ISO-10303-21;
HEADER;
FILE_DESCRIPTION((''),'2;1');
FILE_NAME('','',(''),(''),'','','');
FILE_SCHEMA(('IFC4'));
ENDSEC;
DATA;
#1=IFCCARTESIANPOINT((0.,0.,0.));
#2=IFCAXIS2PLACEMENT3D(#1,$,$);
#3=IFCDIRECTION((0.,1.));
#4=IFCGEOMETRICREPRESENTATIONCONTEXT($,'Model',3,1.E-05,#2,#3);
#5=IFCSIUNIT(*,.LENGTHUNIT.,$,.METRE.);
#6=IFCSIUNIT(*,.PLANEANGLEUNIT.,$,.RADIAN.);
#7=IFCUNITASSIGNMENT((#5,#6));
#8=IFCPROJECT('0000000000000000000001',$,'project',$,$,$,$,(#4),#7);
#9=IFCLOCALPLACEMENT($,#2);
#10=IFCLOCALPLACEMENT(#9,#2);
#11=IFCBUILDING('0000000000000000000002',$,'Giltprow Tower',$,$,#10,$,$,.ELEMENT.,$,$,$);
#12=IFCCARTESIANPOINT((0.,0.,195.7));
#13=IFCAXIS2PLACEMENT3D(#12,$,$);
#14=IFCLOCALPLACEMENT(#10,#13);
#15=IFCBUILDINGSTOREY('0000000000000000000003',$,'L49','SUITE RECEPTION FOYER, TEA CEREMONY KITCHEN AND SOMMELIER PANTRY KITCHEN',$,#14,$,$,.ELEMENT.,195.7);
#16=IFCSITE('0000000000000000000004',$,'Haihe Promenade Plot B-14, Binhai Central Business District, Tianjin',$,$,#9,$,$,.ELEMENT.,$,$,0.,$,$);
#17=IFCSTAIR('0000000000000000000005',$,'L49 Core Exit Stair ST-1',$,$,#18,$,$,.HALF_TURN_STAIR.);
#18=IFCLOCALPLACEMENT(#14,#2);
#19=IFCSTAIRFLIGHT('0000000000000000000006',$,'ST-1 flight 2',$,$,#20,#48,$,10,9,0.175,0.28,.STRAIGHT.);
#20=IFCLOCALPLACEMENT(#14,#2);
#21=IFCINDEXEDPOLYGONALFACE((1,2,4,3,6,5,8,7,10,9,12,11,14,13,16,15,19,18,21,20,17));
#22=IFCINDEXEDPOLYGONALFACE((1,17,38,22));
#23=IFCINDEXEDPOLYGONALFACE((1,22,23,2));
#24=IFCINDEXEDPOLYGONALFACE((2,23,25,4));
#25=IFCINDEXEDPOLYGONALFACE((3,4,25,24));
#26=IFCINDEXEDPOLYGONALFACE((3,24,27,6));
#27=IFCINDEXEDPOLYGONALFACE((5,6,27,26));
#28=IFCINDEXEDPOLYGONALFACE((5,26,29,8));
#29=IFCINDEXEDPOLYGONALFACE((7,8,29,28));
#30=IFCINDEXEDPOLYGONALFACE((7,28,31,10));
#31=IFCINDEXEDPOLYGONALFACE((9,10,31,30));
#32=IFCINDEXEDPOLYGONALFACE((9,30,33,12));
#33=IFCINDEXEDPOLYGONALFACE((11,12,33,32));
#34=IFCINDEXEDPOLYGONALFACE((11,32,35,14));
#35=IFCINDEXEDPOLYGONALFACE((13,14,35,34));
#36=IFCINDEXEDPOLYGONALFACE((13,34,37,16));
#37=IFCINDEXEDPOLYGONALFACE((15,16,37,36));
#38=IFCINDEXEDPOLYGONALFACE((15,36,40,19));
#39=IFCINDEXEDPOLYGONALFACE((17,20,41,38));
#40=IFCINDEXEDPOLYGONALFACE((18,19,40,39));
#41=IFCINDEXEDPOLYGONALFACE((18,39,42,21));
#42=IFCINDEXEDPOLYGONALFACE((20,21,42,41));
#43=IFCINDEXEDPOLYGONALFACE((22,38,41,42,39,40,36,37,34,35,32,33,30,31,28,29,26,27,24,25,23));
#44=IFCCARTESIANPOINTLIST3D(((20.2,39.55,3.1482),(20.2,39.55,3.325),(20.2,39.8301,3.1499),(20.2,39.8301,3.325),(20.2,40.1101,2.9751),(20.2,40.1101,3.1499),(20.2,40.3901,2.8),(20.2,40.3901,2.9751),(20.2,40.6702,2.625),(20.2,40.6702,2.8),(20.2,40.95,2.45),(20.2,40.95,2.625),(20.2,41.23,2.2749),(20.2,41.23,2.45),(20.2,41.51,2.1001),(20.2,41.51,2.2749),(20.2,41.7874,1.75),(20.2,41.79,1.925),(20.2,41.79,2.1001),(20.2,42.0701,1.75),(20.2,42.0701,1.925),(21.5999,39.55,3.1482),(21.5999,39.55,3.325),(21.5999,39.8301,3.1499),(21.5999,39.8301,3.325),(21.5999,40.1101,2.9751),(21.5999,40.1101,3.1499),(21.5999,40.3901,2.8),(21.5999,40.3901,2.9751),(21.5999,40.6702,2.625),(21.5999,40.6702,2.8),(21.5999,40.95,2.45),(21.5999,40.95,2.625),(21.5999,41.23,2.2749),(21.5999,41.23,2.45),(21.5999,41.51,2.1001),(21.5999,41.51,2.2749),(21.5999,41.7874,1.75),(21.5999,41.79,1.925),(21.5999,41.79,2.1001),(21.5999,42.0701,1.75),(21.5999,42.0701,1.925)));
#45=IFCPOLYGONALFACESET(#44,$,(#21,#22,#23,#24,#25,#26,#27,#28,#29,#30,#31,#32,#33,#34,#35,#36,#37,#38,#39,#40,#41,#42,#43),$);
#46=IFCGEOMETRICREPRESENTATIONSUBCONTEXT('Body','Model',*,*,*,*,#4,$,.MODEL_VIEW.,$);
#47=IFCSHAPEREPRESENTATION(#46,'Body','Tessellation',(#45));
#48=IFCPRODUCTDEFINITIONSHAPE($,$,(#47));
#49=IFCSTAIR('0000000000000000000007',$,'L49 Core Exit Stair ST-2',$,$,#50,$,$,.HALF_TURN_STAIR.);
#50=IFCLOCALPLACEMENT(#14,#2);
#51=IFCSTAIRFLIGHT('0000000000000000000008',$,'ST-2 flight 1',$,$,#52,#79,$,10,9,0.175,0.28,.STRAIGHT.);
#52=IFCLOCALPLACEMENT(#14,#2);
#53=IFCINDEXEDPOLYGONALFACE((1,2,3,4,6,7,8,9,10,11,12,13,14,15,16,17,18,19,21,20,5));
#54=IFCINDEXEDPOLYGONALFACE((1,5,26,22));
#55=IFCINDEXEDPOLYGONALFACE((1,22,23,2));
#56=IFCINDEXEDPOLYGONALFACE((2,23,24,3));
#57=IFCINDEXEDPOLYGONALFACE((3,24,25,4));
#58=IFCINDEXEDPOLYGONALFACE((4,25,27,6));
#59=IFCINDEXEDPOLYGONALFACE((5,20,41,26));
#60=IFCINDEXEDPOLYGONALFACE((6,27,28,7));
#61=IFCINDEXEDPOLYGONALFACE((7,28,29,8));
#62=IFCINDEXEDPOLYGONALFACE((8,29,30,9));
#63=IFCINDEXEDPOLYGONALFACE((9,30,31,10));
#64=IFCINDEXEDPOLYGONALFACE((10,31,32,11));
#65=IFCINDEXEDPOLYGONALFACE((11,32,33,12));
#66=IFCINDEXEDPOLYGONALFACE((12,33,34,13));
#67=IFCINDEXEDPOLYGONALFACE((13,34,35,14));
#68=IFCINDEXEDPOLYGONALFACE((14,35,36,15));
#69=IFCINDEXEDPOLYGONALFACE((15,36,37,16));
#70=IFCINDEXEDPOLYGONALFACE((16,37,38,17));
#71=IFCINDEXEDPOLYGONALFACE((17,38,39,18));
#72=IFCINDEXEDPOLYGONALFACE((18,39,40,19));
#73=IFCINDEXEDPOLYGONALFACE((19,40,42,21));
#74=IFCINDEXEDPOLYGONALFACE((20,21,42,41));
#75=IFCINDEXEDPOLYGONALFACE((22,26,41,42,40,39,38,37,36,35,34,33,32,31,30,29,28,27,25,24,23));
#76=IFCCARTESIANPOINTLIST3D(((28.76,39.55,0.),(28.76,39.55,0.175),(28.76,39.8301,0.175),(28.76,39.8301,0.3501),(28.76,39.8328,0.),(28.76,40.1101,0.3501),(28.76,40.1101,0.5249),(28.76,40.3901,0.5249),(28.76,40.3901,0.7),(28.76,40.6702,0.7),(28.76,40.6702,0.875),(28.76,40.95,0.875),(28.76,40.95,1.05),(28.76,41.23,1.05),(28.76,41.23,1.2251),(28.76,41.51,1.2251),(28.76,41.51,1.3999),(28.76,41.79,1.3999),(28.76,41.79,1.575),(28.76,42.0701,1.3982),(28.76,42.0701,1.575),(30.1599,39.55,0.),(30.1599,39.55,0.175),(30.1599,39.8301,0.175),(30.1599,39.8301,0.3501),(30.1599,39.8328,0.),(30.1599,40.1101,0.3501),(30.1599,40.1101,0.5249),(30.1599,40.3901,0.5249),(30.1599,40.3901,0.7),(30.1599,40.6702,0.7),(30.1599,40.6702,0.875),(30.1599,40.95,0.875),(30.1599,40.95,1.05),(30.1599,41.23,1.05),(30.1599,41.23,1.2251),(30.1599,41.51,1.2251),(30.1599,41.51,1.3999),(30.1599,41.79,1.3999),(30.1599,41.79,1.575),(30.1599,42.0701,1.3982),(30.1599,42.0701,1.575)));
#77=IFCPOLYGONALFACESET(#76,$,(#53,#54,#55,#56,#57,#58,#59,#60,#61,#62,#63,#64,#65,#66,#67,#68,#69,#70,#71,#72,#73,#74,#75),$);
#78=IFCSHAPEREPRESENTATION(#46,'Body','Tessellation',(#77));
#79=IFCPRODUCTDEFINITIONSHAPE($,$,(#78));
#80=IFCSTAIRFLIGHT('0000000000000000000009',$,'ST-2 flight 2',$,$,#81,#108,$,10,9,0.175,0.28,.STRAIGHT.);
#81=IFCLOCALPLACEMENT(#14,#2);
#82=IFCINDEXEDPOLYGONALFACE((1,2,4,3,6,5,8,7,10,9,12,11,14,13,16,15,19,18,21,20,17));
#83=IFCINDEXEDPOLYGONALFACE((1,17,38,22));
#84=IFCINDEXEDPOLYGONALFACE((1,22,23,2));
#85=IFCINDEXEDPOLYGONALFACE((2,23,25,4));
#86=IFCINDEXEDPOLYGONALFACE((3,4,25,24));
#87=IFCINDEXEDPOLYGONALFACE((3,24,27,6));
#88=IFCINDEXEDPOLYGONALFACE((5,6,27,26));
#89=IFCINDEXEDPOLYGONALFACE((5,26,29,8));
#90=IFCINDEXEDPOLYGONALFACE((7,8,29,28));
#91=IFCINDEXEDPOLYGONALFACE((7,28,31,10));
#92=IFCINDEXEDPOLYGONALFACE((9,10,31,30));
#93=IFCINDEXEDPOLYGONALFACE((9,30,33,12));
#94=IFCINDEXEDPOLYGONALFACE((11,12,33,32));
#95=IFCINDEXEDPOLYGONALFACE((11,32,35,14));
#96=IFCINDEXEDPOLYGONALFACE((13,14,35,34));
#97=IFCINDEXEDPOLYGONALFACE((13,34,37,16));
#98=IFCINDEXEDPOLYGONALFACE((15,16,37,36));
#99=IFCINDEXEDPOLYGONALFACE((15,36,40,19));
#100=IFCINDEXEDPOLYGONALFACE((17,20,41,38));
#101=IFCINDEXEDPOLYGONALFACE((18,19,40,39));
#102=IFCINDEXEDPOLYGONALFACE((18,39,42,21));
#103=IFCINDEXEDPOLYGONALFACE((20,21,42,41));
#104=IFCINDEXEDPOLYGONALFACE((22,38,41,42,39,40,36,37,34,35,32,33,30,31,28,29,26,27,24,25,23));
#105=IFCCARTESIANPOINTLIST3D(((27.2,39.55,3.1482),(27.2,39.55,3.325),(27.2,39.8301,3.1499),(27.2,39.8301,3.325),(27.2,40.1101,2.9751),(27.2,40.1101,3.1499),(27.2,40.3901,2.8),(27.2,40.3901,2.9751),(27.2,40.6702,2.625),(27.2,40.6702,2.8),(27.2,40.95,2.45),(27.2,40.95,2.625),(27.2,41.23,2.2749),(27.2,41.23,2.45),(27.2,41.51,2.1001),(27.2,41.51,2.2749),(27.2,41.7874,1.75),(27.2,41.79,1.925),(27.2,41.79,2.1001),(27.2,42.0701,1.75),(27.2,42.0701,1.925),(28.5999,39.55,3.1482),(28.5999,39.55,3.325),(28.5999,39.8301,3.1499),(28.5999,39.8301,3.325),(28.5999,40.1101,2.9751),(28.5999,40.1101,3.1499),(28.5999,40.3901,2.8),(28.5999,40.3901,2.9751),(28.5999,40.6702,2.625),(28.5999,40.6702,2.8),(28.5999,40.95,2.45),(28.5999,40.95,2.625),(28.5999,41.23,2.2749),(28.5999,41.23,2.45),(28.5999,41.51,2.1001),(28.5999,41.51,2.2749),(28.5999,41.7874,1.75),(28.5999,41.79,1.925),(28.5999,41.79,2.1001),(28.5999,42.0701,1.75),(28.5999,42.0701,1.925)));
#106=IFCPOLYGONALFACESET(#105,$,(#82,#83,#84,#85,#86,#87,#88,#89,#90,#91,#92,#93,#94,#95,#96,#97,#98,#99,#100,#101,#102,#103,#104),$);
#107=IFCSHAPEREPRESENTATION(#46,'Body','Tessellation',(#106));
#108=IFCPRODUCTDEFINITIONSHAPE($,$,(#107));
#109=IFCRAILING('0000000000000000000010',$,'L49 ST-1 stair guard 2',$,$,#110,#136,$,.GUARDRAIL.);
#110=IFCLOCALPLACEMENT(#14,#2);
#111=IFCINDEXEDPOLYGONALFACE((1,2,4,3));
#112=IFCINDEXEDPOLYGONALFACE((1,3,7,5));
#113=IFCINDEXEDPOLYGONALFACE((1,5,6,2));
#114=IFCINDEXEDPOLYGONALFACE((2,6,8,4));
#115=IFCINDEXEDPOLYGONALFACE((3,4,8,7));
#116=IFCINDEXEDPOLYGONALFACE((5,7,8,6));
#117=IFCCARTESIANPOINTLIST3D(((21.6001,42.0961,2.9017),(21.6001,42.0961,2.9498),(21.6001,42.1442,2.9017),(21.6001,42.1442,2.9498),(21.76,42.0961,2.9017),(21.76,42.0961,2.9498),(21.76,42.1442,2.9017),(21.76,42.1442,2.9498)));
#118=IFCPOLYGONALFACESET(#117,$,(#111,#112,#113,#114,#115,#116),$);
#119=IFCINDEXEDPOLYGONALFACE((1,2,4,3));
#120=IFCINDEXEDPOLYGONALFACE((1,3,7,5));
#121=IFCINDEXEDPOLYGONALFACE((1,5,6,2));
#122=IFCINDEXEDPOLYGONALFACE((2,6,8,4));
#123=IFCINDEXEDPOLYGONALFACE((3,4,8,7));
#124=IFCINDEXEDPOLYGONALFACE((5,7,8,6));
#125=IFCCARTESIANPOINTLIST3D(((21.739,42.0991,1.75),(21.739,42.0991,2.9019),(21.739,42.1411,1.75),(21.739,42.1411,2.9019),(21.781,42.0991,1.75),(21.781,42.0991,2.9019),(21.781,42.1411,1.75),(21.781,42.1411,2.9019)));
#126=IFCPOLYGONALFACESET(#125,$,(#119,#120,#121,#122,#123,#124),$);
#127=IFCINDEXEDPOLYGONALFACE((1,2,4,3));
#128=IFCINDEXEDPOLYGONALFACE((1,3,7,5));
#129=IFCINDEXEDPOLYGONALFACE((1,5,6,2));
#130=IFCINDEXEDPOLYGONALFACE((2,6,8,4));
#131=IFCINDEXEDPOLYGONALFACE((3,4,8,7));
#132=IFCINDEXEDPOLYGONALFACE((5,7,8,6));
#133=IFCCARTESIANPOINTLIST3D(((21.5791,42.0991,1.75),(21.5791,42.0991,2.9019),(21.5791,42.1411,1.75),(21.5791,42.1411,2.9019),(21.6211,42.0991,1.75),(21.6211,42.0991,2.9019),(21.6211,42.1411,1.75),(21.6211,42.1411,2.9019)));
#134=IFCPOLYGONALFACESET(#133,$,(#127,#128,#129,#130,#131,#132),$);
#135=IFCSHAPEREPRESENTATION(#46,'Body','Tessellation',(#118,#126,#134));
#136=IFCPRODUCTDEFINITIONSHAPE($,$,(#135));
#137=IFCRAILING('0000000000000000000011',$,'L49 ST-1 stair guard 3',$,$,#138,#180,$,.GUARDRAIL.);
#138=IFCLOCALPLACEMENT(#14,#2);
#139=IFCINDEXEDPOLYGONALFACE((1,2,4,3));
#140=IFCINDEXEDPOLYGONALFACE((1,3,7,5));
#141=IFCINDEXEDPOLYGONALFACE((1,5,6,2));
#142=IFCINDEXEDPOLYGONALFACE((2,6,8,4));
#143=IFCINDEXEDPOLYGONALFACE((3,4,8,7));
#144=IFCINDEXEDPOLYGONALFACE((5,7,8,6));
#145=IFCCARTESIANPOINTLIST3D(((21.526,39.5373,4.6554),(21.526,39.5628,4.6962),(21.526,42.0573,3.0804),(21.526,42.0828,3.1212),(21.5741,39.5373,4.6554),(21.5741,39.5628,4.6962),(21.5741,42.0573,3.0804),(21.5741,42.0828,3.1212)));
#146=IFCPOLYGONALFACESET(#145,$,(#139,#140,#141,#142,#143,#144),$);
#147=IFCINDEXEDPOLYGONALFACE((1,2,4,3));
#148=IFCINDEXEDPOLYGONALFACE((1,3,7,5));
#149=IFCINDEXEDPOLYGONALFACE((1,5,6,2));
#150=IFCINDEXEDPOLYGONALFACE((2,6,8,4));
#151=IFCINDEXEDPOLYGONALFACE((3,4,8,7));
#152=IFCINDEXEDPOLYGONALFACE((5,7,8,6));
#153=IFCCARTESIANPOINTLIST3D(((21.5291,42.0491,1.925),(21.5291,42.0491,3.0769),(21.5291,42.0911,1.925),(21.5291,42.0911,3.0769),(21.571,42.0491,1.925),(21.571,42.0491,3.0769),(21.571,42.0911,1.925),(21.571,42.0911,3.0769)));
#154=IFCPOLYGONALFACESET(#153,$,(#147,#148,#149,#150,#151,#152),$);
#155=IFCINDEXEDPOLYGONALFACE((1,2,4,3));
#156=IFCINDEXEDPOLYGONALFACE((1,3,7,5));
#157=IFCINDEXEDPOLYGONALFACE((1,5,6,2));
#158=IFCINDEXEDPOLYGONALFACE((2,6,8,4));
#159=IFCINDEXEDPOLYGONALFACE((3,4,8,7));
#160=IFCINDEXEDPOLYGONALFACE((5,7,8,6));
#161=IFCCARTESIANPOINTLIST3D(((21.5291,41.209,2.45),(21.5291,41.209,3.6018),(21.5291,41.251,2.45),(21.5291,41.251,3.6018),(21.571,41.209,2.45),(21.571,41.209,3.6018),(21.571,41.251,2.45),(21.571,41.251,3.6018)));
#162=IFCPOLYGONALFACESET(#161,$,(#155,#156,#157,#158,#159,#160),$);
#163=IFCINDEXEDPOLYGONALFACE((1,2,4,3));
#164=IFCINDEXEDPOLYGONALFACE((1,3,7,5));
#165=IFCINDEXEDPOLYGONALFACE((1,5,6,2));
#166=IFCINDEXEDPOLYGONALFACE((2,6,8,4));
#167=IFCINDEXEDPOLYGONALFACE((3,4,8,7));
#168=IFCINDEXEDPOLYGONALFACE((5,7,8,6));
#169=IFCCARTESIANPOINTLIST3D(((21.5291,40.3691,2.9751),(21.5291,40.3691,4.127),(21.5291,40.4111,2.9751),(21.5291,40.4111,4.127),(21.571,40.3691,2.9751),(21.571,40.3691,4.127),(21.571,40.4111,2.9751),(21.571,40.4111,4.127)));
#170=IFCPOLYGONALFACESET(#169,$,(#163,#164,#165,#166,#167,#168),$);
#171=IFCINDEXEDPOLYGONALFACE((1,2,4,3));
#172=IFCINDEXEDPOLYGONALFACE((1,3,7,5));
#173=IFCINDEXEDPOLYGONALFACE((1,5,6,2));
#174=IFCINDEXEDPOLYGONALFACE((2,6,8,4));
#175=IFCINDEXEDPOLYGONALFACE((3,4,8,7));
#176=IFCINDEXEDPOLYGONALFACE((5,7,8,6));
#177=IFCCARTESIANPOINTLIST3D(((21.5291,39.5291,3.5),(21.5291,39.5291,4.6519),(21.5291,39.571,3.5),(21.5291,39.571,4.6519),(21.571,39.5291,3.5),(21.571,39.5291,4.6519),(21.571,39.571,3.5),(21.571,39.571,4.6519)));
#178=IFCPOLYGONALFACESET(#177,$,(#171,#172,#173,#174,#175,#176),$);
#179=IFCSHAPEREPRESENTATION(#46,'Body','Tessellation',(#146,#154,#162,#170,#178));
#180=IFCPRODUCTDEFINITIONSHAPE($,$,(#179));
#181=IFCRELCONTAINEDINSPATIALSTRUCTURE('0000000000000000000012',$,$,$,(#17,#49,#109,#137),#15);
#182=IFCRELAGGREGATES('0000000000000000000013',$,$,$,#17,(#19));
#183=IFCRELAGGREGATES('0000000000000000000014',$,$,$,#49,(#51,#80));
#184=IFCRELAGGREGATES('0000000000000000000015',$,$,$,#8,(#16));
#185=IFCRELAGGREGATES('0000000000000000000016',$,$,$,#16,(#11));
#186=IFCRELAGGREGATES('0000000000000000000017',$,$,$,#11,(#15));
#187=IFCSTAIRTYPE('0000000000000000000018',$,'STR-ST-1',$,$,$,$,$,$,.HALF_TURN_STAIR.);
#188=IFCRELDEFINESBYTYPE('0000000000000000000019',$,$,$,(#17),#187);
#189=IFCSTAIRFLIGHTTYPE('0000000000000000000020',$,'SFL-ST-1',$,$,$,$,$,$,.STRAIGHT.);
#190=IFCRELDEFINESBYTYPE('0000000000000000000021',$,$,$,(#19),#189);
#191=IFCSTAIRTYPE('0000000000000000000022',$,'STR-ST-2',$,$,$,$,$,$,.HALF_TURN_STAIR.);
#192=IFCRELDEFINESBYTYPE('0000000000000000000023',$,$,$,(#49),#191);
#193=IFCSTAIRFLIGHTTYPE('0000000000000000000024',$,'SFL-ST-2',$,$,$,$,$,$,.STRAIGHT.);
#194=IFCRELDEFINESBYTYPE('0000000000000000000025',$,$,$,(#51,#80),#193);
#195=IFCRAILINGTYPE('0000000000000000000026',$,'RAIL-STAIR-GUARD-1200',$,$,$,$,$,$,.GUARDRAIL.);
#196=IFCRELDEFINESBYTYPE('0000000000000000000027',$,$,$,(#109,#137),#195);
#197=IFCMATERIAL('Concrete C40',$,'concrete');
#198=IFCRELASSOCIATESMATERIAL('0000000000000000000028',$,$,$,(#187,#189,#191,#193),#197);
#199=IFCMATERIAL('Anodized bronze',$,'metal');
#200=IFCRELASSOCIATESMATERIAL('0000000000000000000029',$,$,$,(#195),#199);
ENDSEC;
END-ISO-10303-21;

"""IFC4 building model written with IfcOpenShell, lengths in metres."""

from ifc_helpers import new_model, si_unit, direction, frame, origin, origin_2d, place, context, subcontext, project, spatial, polyline, rectangle, outline, extrude, material, type_object, element, aggregate, save


model = new_model("IFC4")

# Units and contexts
model_context = context("Model", 3, precision=1e-05, world=origin(), true_north=direction((0.0, 1.0)))
body_context = subcontext(model_context, "Body", "Model", "MODEL_VIEW")
ifc_project = project(units=[si_unit("LENGTHUNIT", "METRE"), si_unit("PLANEANGLEUNIT", "RADIAN")], contexts=[model_context])

# Site, building, storey
site_placement = place(None, origin())
site = spatial("IfcSite", under=ifc_project, at=site_placement, Name="Haihe Promenade Plot B-14, Binhai Central Business District, Tianjin", CompositionType="ELEMENT", RefElevation=0.0)
building_placement = place(site_placement, origin())
building = spatial("IfcBuilding", under=site, at=building_placement, Name="Giltprow Tower", CompositionType="ELEMENT")
storey_placement = place(building_placement, frame((0.0, 0.0, 195.7)))
storey = spatial("IfcBuildingStorey", under=building, at=storey_placement, Name="L49", Description="SUITE RECEPTION FOYER, TEA CEREMONY KITCHEN AND SOMMELIER PANTRY KITCHEN", CompositionType="ELEMENT", Elevation=195.7)

# Shared definitions
ifc_material_1 = material(Name="Concrete C40", Category="concrete")

# Stair, stair flight
stair_type_1 = type_object("IfcStairType", Name="STR-ST-1", PredefinedType="HALF_TURN_STAIR", material=ifc_material_1)
stair_1_placement = place(storey_placement, origin())
stair_1 = element("IfcStair", 1, at=stair_1_placement, inside=storey, type_object=stair_type_1, Name="L49 Core Exit Stair ST-1", PredefinedType="HALF_TURN_STAIR")
stair_flight_type_1 = type_object("IfcStairFlightType", Name="SFL-ST-1", PredefinedType="STRAIGHT", material=ifc_material_1)
stair_flight_1_placement = place(storey_placement, frame((20.8999, 42.0701, 1.75), z_axis=(0.0, 0.0, 1.0), x_axis=(0.0, -1.0, 0.0)))
stair_flight_1 = element("IfcStairFlight", 2, at=stair_flight_1_placement, type_object=stair_flight_type_1, Name="ST-1 flight 2", NumberOfRisers=10, NumberOfTreads=9, PredefinedType="STRAIGHT", RiserHeight=0.175, TreadLength=0.28, context=body_context, shape_type="SweptSolid", body=[
    extrude(outline(polyline([(0.0, 0.0), (0.0, 0.175), (0.28, 0.175), (0.28, 0.3501), (0.5601, 0.3501), (0.5601, 0.5249), (0.8401, 0.5249), (0.8401, 0.7), (1.1201, 0.7), (1.1201, 0.875), (1.3999, 0.875), (1.3999, 1.05), (1.6799, 1.05), (1.6799, 1.2251), (1.96, 1.2251), (1.96, 1.3999), (2.24, 1.3999), (2.24, 1.575), (2.52, 1.575), (2.52, 1.75), (2.52, 1.3982), (0.2827, 0.0), (0.0, 0.0)])), frame((0.0, 0.7, 0.0), z_axis=(0.0, -1.0, 0.0), x_axis=(1.0, 0.0, 0.0)), (0.0, 0.0, 1.0), 1.3999),
])
aggregate(stair_1, [stair_flight_1])

# Stair, stair flights
stair_type_2 = type_object("IfcStairType", Name="STR-ST-2", PredefinedType="HALF_TURN_STAIR", material=ifc_material_1)
stair_2_placement = place(storey_placement, origin())
stair_2 = element("IfcStair", 3, at=stair_2_placement, inside=storey, type_object=stair_type_2, Name="L49 Core Exit Stair ST-2", PredefinedType="HALF_TURN_STAIR")
stair_flight_type_2 = type_object("IfcStairFlightType", Name="SFL-ST-2", PredefinedType="STRAIGHT", material=ifc_material_1)
stair_flight_2_placement = place(storey_placement, frame((29.46, 39.55, 0.0), z_axis=(0.0, 0.0, 1.0), x_axis=(0.0, 1.0, 0.0)))
stair_flight_2 = element("IfcStairFlight", 4, at=stair_flight_2_placement, type_object=stair_flight_type_2, Name="ST-2 flight 1", NumberOfRisers=10, NumberOfTreads=9, PredefinedType="STRAIGHT", RiserHeight=0.175, TreadLength=0.28, context=body_context, shape_type="SweptSolid", body=[
    extrude(outline(polyline([(0.0, 0.0), (0.0, 0.175), (0.28, 0.175), (0.28, 0.3501), (0.5601, 0.3501), (0.5601, 0.5249), (0.8401, 0.5249), (0.8401, 0.7), (1.1201, 0.7), (1.1201, 0.875), (1.3999, 0.875), (1.3999, 1.05), (1.6799, 1.05), (1.6799, 1.2251), (1.96, 1.2251), (1.96, 1.3999), (2.24, 1.3999), (2.24, 1.575), (2.52, 1.575), (2.52, 1.75), (2.52, 1.3982), (0.2827, 0.0), (0.0, 0.0)])), frame((0.0, 0.7, 0.0), z_axis=(0.0, -1.0, 0.0), x_axis=(1.0, 0.0, 0.0)), (0.0, 0.0, 1.0), 1.3999),
])
stair_flight_3_placement = place(storey_placement, frame((27.8999, 42.0701, 1.75), z_axis=(0.0, 0.0, 1.0), x_axis=(0.0, -1.0, 0.0)))
stair_flight_3 = element("IfcStairFlight", 5, at=stair_flight_3_placement, type_object=stair_flight_type_2, Name="ST-2 flight 2", NumberOfRisers=10, NumberOfTreads=9, PredefinedType="STRAIGHT", RiserHeight=0.175, TreadLength=0.28, context=body_context, shape_type="SweptSolid", body=[
    extrude(outline(polyline([(0.0, 0.0), (0.0, 0.175), (0.28, 0.175), (0.28, 0.3501), (0.5601, 0.3501), (0.5601, 0.5249), (0.8401, 0.5249), (0.8401, 0.7), (1.1201, 0.7), (1.1201, 0.875), (1.3999, 0.875), (1.3999, 1.05), (1.6799, 1.05), (1.6799, 1.2251), (1.96, 1.2251), (1.96, 1.3999), (2.24, 1.3999), (2.24, 1.575), (2.52, 1.575), (2.52, 1.75), (2.52, 1.3982), (0.2827, 0.0), (0.0, 0.0)])), frame((0.0, 0.7, 0.0), z_axis=(0.0, -1.0, 0.0), x_axis=(1.0, 0.0, 0.0)), (0.0, 0.0, 1.0), 1.3999),
])
aggregate(stair_2, [stair_flight_2, stair_flight_3])

# Railings
ifc_material_2 = material(Name="Anodized bronze", Category="metal")
railing_type_1 = type_object("IfcRailingType", Name="RAIL-STAIR-GUARD-1200", PredefinedType="GUARDRAIL", material=ifc_material_2)
railing_1_placement = place(storey_placement, frame((21.76, 42.1201, 1.75)))
element("IfcRailing", 6, at=railing_1_placement, inside=storey, type_object=railing_type_1, Name="L49 ST-1 stair guard 2", PredefinedType="GUARDRAIL", context=body_context, shape_type="SweptSolid", body=[
    extrude(rectangle(XDim=0.0481, YDim=0.0481, at=origin_2d()), frame((0.0, 0.0, 1.1758), z_axis=(-1.0, 0.0, 0.0), x_axis=(0.0, -1.0, 0.0)), (0.0, 0.0, 1.0), 0.1599),
    extrude(rectangle(XDim=0.042, YDim=0.042, at=origin_2d()), origin(), (0.0, 0.0, 1.0), 1.1519),
    extrude(rectangle(XDim=0.042, YDim=0.042, at=origin_2d()), frame((-0.1599, 0.0, 0.0)), (0.0, 0.0, 1.0), 1.1519),
])
railing_2_placement = place(storey_placement, frame((21.55, 42.0701, 1.925)))
element("IfcRailing", 7, at=railing_2_placement, inside=storey, type_object=railing_type_1, Name="L49 ST-1 stair guard 3", PredefinedType="GUARDRAIL", context=body_context, shape_type="SweptSolid", body=[
    extrude(rectangle(XDim=0.0481, YDim=0.0481, at=origin_2d()), frame((0.0, 0.0, 1.1758), z_axis=(0.0, -0.848008, 0.529984), x_axis=(1.0, 0.0, 0.0)), (0.0, 0.0, 1.0), 2.9717),
    extrude(rectangle(XDim=0.042, YDim=0.042, at=origin_2d()), origin(), (0.0, 0.0, 1.0), 1.1519),
    extrude(rectangle(XDim=0.042, YDim=0.042, at=origin_2d()), frame((0.0, -0.8401, 0.5249)), (0.0, 0.0, 1.0), 1.1519),
    extrude(rectangle(XDim=0.042, YDim=0.042, at=origin_2d()), frame((0.0, -1.6799, 1.05)), (0.0, 0.0, 1.0), 1.1519),
    extrude(rectangle(XDim=0.042, YDim=0.042, at=origin_2d()), frame((0.0, -2.52, 1.575)), (0.0, 0.0, 1.0), 1.1519),
])

save(model, "model.ifc")
